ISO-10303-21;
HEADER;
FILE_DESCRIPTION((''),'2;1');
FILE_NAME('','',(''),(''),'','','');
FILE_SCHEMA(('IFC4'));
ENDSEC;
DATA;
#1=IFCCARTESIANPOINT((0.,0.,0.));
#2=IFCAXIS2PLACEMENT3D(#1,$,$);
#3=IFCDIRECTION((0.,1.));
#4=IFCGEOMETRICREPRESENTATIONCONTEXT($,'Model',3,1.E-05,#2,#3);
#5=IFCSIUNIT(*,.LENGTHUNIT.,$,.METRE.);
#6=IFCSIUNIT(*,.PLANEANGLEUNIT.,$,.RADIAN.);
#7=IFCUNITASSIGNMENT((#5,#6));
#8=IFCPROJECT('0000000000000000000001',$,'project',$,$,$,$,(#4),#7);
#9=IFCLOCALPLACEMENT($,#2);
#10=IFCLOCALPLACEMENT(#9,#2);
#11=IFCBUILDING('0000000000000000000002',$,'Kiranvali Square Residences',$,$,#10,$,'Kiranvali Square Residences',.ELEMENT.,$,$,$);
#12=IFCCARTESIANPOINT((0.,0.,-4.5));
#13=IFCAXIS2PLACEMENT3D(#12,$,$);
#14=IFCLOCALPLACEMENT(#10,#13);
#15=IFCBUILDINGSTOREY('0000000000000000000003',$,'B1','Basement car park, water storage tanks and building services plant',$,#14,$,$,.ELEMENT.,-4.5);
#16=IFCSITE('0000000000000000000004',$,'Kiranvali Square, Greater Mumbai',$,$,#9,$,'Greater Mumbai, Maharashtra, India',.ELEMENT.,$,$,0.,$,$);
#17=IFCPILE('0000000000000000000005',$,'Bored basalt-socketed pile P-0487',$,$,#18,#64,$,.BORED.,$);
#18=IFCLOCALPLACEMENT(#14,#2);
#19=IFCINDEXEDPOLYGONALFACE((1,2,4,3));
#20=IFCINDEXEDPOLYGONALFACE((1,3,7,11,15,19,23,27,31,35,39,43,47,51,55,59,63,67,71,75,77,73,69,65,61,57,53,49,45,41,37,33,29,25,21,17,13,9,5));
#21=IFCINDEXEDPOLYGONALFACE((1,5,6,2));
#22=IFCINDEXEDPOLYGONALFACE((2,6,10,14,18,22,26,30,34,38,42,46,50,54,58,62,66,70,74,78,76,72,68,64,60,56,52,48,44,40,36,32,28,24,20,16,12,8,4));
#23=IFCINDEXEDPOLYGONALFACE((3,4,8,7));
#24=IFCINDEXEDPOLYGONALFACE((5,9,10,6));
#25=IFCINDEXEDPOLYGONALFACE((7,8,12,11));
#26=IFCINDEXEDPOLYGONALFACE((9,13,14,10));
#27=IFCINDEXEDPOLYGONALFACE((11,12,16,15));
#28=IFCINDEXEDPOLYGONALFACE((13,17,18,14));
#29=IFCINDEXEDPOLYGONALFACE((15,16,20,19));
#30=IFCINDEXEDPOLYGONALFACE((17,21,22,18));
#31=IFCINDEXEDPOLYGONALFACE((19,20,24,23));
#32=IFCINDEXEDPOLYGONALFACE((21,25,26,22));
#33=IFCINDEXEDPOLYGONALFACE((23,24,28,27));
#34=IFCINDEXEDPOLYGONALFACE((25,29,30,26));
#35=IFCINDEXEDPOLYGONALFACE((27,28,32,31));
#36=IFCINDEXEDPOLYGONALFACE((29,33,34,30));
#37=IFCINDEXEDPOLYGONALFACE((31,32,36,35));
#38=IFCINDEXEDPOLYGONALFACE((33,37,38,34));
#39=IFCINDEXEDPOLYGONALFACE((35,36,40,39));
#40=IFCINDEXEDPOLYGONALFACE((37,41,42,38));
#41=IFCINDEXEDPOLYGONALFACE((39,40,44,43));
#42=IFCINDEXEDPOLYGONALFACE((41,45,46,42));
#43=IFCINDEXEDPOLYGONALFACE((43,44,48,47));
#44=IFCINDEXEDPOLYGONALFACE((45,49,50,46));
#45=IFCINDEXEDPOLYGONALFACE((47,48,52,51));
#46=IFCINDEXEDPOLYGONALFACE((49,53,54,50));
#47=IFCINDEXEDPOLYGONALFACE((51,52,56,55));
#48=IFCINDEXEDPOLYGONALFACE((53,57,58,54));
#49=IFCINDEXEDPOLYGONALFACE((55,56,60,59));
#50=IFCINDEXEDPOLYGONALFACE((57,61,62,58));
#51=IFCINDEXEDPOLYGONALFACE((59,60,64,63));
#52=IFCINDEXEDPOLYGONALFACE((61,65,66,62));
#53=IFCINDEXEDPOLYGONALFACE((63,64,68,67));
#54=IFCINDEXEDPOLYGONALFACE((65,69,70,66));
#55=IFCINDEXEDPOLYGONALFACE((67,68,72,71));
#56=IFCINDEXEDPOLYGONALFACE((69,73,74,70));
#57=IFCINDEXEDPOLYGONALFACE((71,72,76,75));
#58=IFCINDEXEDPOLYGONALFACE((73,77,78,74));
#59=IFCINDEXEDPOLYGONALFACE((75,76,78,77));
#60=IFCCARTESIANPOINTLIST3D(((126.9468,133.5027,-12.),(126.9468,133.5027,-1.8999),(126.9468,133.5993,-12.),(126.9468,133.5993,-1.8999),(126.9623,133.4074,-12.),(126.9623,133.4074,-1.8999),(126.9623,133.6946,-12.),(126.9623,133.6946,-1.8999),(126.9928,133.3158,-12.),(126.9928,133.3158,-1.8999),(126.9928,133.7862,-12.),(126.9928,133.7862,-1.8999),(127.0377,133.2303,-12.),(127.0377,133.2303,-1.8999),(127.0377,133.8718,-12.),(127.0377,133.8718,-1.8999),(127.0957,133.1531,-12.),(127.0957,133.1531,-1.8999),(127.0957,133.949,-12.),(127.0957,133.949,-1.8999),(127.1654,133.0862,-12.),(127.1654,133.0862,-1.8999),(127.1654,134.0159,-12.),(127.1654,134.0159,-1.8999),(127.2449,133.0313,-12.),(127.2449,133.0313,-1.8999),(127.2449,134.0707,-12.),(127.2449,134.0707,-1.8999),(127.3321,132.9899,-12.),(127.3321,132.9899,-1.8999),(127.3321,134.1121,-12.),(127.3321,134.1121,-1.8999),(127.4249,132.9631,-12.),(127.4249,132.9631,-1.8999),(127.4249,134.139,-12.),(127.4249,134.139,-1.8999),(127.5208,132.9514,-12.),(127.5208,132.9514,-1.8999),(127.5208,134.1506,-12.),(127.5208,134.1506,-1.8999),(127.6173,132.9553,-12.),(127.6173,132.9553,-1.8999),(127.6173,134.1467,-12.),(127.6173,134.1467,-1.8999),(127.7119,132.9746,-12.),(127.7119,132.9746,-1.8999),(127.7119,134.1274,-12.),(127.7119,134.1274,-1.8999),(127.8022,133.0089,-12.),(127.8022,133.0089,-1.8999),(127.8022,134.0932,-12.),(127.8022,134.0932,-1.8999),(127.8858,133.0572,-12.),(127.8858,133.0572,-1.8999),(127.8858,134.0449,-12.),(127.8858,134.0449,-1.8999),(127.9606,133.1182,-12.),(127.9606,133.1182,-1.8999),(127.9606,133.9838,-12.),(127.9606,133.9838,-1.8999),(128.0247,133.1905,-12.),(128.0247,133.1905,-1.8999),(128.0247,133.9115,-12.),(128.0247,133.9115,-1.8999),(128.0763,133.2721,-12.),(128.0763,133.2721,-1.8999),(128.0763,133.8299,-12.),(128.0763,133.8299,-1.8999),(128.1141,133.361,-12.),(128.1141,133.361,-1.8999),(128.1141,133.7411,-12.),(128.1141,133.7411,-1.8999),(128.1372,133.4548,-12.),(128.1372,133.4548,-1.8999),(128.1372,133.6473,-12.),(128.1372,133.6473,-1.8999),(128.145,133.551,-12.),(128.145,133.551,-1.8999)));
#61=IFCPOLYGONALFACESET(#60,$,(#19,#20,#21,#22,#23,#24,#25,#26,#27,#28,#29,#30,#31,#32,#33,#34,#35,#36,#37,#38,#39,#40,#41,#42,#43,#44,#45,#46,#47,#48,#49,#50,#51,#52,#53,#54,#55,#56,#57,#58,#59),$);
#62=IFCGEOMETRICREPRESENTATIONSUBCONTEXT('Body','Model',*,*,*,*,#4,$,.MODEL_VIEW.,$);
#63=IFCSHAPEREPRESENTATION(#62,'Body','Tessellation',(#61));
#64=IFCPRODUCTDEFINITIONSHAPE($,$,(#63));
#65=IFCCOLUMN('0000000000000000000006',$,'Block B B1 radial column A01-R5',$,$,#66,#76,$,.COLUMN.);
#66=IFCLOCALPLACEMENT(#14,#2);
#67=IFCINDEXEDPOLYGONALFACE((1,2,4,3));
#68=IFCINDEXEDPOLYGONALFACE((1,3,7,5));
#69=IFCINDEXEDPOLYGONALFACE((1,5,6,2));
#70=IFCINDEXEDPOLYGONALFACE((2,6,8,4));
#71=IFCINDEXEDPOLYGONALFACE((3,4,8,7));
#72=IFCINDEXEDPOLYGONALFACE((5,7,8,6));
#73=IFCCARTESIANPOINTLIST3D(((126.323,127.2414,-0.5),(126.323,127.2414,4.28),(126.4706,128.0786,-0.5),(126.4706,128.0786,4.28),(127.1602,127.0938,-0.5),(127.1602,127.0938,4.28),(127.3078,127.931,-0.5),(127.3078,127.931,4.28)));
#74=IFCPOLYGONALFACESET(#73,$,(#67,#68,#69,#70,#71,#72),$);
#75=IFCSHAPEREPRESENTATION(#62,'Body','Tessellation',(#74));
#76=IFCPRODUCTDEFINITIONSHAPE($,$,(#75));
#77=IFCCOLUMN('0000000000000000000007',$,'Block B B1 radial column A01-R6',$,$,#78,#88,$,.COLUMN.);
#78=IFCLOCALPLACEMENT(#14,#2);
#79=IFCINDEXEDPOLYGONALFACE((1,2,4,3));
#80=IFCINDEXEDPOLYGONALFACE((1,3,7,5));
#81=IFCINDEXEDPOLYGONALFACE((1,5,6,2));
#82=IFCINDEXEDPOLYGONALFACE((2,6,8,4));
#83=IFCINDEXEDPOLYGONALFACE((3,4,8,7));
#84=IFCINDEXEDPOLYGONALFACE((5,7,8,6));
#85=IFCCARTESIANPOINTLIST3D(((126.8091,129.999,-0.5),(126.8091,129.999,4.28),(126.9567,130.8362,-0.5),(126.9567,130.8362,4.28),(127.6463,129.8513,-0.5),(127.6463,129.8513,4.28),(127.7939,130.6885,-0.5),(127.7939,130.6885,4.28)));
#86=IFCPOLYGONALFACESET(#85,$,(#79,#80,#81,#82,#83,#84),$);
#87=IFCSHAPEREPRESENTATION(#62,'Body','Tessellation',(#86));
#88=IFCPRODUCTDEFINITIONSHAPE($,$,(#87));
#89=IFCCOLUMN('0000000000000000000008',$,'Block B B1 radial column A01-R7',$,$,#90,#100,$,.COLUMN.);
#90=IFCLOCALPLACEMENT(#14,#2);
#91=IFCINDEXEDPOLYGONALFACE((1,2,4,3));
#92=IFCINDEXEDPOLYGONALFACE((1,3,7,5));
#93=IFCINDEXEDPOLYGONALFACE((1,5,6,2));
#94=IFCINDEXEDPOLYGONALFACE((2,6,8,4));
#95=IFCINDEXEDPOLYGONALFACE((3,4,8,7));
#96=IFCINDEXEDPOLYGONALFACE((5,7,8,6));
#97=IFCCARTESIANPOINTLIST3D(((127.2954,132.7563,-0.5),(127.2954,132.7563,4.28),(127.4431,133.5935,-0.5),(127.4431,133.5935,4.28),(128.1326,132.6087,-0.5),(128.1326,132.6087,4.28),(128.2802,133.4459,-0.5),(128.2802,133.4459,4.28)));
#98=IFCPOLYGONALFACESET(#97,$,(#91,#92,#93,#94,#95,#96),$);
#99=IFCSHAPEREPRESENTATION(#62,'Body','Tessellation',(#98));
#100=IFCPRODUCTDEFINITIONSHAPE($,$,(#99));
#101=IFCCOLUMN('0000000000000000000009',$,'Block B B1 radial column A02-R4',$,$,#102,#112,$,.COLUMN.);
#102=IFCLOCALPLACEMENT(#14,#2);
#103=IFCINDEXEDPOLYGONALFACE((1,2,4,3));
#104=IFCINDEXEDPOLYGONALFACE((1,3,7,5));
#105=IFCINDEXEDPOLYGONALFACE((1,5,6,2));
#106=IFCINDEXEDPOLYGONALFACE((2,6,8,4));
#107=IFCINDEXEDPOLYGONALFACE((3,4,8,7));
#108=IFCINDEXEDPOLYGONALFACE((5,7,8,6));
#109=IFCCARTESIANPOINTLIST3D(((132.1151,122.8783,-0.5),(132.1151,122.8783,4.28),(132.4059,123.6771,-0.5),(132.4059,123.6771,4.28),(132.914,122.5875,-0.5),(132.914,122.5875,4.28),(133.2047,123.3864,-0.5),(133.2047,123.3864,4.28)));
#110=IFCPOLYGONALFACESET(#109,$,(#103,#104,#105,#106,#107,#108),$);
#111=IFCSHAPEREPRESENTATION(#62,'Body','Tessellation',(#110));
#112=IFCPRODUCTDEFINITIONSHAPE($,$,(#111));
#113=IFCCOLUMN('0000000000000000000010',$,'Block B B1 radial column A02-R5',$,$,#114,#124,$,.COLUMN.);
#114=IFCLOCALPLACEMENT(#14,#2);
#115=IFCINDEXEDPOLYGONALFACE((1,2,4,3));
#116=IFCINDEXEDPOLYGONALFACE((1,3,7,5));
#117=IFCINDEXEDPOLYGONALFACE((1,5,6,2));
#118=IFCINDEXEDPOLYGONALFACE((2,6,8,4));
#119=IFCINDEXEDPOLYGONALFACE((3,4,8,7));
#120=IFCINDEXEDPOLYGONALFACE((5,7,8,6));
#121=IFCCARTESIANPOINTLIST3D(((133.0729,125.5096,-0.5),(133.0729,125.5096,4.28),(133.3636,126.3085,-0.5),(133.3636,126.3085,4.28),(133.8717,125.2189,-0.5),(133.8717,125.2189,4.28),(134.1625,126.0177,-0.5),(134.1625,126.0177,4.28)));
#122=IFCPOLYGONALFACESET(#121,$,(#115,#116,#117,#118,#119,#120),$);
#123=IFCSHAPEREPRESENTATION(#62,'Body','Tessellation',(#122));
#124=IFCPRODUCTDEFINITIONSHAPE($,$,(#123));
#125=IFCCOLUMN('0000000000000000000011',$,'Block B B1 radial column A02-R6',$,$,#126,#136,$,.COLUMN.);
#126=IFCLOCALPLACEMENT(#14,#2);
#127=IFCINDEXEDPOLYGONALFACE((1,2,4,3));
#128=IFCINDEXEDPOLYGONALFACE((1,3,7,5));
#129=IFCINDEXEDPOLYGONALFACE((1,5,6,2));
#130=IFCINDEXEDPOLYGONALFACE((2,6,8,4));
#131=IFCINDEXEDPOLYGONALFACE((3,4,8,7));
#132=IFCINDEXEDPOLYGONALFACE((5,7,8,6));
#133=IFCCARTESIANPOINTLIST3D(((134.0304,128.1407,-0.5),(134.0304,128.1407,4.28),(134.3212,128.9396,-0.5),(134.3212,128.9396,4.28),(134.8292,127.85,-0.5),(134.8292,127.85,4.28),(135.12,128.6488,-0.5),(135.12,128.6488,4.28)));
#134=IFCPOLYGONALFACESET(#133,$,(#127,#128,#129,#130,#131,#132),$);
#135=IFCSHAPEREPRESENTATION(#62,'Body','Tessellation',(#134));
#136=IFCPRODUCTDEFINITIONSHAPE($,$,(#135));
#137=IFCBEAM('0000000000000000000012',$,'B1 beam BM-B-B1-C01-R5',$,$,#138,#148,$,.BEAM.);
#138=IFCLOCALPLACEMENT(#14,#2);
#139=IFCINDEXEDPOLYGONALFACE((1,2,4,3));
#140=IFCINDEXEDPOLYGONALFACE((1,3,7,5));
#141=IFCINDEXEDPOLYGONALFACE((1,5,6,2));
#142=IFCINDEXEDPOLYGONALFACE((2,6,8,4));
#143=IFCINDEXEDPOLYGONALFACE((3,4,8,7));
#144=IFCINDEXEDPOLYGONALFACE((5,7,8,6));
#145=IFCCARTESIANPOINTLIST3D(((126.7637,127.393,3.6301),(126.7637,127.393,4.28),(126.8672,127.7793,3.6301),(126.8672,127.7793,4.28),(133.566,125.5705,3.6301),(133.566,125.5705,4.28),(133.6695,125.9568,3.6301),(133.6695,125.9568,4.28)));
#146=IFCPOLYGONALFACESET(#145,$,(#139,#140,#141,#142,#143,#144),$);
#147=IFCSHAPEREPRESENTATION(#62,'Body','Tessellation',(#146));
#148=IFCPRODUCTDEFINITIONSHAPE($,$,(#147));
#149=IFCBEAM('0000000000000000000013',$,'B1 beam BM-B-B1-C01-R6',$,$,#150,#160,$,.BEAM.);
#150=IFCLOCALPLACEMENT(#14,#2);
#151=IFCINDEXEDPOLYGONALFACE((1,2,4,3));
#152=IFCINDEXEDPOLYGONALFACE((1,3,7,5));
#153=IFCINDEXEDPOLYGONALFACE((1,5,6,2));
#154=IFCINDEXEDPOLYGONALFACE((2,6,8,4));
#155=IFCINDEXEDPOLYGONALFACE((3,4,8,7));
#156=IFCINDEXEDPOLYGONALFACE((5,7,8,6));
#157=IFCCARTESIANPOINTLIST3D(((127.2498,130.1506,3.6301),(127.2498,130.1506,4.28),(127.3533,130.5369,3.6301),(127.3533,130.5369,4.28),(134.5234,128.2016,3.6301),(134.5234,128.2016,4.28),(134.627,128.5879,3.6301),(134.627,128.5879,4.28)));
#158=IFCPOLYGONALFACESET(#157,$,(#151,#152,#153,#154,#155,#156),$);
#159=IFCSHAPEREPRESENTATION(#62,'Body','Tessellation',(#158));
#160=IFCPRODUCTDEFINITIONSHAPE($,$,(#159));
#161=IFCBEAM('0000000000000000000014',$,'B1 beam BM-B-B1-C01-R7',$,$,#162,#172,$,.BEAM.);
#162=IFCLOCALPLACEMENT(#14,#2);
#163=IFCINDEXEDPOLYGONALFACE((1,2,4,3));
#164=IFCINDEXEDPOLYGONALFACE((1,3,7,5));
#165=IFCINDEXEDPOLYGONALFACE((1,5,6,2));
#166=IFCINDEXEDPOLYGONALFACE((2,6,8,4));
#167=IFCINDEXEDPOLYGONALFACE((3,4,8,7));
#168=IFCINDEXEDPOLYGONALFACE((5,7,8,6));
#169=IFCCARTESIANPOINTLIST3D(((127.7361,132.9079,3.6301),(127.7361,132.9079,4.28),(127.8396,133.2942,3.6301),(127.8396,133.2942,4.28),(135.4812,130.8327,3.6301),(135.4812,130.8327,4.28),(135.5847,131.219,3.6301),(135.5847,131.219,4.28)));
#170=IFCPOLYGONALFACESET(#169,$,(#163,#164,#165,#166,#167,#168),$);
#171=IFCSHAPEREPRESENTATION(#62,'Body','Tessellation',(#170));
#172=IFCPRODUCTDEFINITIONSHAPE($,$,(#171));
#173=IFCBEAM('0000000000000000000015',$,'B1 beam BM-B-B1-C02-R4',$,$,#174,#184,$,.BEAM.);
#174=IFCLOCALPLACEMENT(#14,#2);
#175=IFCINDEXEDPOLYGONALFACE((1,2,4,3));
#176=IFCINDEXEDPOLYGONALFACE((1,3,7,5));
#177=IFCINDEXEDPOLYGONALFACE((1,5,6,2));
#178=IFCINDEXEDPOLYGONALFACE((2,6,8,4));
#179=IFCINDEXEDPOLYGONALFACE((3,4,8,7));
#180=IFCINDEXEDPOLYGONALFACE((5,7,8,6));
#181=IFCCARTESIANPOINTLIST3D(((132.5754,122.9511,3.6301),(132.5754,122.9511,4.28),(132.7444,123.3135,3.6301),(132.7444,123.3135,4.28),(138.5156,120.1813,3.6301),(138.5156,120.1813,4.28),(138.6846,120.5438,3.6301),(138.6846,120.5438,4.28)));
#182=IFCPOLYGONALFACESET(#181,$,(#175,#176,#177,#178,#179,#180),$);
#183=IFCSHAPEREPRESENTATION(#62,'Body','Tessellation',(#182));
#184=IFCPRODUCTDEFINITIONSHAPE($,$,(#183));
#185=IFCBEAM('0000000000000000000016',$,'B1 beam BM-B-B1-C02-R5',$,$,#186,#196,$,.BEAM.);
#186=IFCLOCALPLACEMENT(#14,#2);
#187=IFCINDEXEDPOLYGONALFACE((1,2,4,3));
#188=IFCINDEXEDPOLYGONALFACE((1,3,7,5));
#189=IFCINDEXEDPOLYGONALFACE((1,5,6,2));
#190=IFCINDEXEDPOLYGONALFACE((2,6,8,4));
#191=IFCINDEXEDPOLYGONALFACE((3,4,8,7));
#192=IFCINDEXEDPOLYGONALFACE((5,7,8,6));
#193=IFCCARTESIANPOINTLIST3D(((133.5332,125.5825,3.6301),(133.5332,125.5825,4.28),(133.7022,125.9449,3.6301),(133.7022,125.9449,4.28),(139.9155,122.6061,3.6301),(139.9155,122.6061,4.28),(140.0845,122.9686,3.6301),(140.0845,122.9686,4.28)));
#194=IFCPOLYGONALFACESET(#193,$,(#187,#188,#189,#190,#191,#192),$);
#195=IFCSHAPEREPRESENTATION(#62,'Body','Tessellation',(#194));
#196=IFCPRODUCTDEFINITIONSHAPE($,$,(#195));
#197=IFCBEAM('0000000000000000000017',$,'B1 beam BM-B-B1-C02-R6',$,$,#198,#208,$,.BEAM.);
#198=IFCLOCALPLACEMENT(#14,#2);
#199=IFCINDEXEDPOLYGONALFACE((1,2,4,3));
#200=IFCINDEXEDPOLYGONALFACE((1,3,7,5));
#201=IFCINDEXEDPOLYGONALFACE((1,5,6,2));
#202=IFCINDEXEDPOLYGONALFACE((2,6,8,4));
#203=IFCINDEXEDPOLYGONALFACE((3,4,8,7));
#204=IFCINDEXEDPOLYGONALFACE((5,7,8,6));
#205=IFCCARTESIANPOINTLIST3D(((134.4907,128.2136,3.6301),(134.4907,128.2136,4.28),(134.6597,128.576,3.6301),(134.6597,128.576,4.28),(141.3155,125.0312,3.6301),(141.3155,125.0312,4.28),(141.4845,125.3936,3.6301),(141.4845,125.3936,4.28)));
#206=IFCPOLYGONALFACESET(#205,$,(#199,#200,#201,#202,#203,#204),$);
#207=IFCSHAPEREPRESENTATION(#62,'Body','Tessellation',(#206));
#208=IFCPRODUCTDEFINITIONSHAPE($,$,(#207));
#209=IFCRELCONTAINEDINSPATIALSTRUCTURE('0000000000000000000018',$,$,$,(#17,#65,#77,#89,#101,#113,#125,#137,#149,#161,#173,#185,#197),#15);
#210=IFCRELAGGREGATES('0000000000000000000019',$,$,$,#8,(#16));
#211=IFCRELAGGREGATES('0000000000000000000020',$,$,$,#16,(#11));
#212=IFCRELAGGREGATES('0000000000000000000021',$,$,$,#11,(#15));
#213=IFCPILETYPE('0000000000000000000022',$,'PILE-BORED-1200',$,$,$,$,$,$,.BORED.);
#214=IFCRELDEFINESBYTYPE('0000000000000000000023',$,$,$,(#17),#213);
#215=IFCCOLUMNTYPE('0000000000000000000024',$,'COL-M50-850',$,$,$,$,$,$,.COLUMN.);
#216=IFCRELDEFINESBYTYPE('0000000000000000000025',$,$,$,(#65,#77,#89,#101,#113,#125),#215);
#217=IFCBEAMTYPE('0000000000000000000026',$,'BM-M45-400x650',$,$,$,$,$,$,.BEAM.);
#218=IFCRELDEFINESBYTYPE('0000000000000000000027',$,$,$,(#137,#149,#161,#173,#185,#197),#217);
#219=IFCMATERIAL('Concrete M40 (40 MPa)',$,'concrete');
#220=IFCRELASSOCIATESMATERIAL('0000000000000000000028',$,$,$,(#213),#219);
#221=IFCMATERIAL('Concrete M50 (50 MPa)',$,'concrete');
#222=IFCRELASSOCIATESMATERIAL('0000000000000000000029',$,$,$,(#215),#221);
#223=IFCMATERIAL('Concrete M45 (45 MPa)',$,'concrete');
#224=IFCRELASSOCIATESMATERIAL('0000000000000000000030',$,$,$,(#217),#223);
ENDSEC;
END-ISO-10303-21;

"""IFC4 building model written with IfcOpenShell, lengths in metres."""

from ifc_helpers import new_model, si_unit, direction, frame, origin, origin_2d, place, context, subcontext, project, spatial, rectangle, circle, extrude, material, material_profile, profile_set, type_object, element, save


model = new_model("IFC4")

# Units and contexts
model_context = context("Model", 3, precision=1e-05, world=origin(), true_north=direction((0.0, 1.0)))
body_context = subcontext(model_context, "Body", "Model", "MODEL_VIEW")
ifc_project = project(units=[si_unit("LENGTHUNIT", "METRE"), si_unit("PLANEANGLEUNIT", "RADIAN")], contexts=[model_context])

# Site, building, storey
site_placement = place(None, origin())
site = spatial("IfcSite", under=ifc_project, at=site_placement, Name="Kiranvali Square, Greater Mumbai", LongName="Greater Mumbai, Maharashtra, India", CompositionType="ELEMENT", RefElevation=0.0)
building_placement = place(site_placement, origin())
building = spatial("IfcBuilding", under=site, at=building_placement, Name="Kiranvali Square Residences", LongName="Kiranvali Square Residences", CompositionType="ELEMENT")
storey_placement = place(building_placement, frame((0.0, 0.0, -4.5)))
storey = spatial("IfcBuildingStorey", under=building, at=storey_placement, Name="B1", Description="Basement car park, water storage tanks and building services plant", CompositionType="ELEMENT", Elevation=-4.5)

# Shared definitions
ifc_material_1 = material(Name="Concrete M40 (40 MPa)", Category="concrete")

# Pile
ifc_material_profile_1 = material_profile(ifc_material_1, circle(Radius=0.6001, at=origin_2d()), Name="BORED PILE 1200")
ifc_profile_set_1 = profile_set([ifc_material_profile_1], Name="Concrete M40 (40 MPa)")
pile_type = type_object("IfcPileType", Name="PILE-BORED-1200", PredefinedType="BORED", material=ifc_profile_set_1)
pile_placement = place(storey_placement, frame((127.5449, 133.551, -1.8999), z_axis=(0.0, 0.0, -1.0), x_axis=(1.0, 0.0, 0.0)))
element("IfcPile", 1, at=pile_placement, inside=storey, type_object=pile_type, Name="Bored basalt-socketed pile P-0487", PredefinedType="BORED", context=body_context, shape_type="SweptSolid", body=[
    extrude(circle(Radius=0.6001, at=origin_2d()), origin(), (0.0, 0.0, 1.0), 10.1001),
])

# Columns
ifc_material_2 = material(Name="Concrete M50 (50 MPa)", Category="concrete")
ifc_material_profile_2 = material_profile(ifc_material_2, rectangle(XDim=0.8501, YDim=0.8501, at=origin_2d()), Name="RC 850x850")
ifc_profile_set_2 = profile_set([ifc_material_profile_2], Name="Concrete M50 (50 MPa)")
column_type = type_object("IfcColumnType", Name="COL-M50-850", PredefinedType="COLUMN", material=ifc_profile_set_2)
for number, where, z_axis, x_axis, name in (
    (2, (126.8154, 127.5862, -0.5), (0.0, 0.0, 1.0), (-0.984808, 0.173648, 0.0), "Block B B1 radial column A01-R5"),
    (3, (127.3015, 130.3438, -0.5), (0.0, 0.0, 1.0), (-0.984808, 0.173648, 0.0), "Block B B1 radial column A01-R6"),
    (4, (127.7878, 133.1011, -0.5), (0.0, 0.0, 1.0), (-0.984808, 0.173648, 0.0), "Block B B1 radial column A01-R7"),
    (5, (132.6599, 123.1323, -0.5), (0.0, 0.0, 1.0), (-0.939693, 0.34202, 0.0), "Block B B1 radial column A02-R4"),
    (6, (133.6177, 125.7637, -0.5), (0.0, 0.0, 1.0), (-0.939693, 0.34202, 0.0), "Block B B1 radial column A02-R5"),
    (7, (134.5752, 128.3948, -0.5), (0.0, 0.0, 1.0), (-0.939693, 0.34202, 0.0), "Block B B1 radial column A02-R6"),
):
    element("IfcColumn", number, at=place(storey_placement, frame(where, z_axis=z_axis, x_axis=x_axis)), inside=storey, type_object=column_type, Name=name, PredefinedType="COLUMN", context=body_context, shape_type="SweptSolid", body=[
        extrude(rectangle(XDim=0.8501, YDim=0.8501, at=origin_2d()), origin(), (0.0, 0.0, 1.0), 4.78),
    ])

# Beams
ifc_material_3 = material(Name="Concrete M45 (45 MPa)", Category="concrete")
ifc_material_profile_3 = material_profile(ifc_material_3, rectangle(XDim=0.3999, YDim=0.6499, at=origin_2d()), Name="RC 400x650")
ifc_profile_set_3 = profile_set([ifc_material_profile_3], Name="Concrete M45 (45 MPa)")
beam_type = type_object("IfcBeamType", Name="BM-M45-400x650", PredefinedType="BEAM", material=ifc_profile_set_3)
beam_1_placement = place(storey_placement, frame((126.8154, 127.5862, 3.9551), z_axis=(0.965931, -0.2588, 0.0), x_axis=(0.2588, 0.965931, 0.0)))
element("IfcBeam", 8, at=beam_1_placement, inside=storey, type_object=beam_type, Name="B1 beam BM-B-B1-C01-R5", PredefinedType="BEAM", context=body_context, shape_type="SweptSolid", body=[
    extrude(rectangle(XDim=0.3999, YDim=0.6499, at=origin_2d()), origin(), (0.0, 0.0, 1.0), 7.0422),
])
beam_2_placement = place(storey_placement, frame((127.3015, 130.3438, 3.9551), z_axis=(0.965926, -0.258819, 0.0), x_axis=(0.258819, 0.965926, 0.0)))
element("IfcBeam", 9, at=beam_2_placement, inside=storey, type_object=beam_type, Name="B1 beam BM-B-B1-C01-R6", PredefinedType="BEAM", context=body_context, shape_type="SweptSolid", body=[
    extrude(rectangle(XDim=0.3999, YDim=0.6499, at=origin_2d()), origin(), (0.0, 0.0, 1.0), 7.5303),
])
beam_3_placement = place(storey_placement, frame((127.7878, 133.1011, 3.9551), z_axis=(0.965929, -0.258807, 0.0), x_axis=(0.258807, 0.965929, 0.0)))
element("IfcBeam", 10, at=beam_3_placement, inside=storey, type_object=beam_type, Name="B1 beam BM-B-B1-C01-R7", PredefinedType="BEAM", context=body_context, shape_type="SweptSolid", body=[
    extrude(rectangle(XDim=0.3999, YDim=0.6499, at=origin_2d()), origin(), (0.0, 0.0, 1.0), 8.0183),
])
beam_4_placement = place(storey_placement, frame((132.6599, 123.1323, 3.9551), z_axis=(0.906318, -0.422596, 0.0), x_axis=(0.422596, 0.906318, 0.0)))
element("IfcBeam", 11, at=beam_4_placement, inside=storey, type_object=beam_type, Name="B1 beam BM-B-B1-C02-R4", PredefinedType="BEAM", context=body_context, shape_type="SweptSolid", body=[
    extrude(rectangle(XDim=0.3999, YDim=0.6499, at=origin_2d()), origin(), (0.0, 0.0, 1.0), 6.5542),
])
beam_5_placement = place(storey_placement, frame((133.6177, 125.7637, 3.9551), z_axis=(0.906297, -0.422641, 0.0), x_axis=(0.422641, 0.906297, 0.0)))
element("IfcBeam", 12, at=beam_5_placement, inside=storey, type_object=beam_type, Name="B1 beam BM-B-B1-C02-R5", PredefinedType="BEAM", context=body_context, shape_type="SweptSolid", body=[
    extrude(rectangle(XDim=0.3999, YDim=0.6499, at=origin_2d()), origin(), (0.0, 0.0, 1.0), 7.0422),
])
beam_6_placement = place(storey_placement, frame((134.5752, 128.3948, 3.9551), z_axis=(0.90631, -0.422614, 0.0), x_axis=(0.422614, 0.90631, 0.0)))
element("IfcBeam", 13, at=beam_6_placement, inside=storey, type_object=beam_type, Name="B1 beam BM-B-B1-C02-R6", PredefinedType="BEAM", context=body_context, shape_type="SweptSolid", body=[
    extrude(rectangle(XDim=0.3999, YDim=0.6499, at=origin_2d()), origin(), (0.0, 0.0, 1.0), 7.5303),
])

save(model, "model.ifc")
